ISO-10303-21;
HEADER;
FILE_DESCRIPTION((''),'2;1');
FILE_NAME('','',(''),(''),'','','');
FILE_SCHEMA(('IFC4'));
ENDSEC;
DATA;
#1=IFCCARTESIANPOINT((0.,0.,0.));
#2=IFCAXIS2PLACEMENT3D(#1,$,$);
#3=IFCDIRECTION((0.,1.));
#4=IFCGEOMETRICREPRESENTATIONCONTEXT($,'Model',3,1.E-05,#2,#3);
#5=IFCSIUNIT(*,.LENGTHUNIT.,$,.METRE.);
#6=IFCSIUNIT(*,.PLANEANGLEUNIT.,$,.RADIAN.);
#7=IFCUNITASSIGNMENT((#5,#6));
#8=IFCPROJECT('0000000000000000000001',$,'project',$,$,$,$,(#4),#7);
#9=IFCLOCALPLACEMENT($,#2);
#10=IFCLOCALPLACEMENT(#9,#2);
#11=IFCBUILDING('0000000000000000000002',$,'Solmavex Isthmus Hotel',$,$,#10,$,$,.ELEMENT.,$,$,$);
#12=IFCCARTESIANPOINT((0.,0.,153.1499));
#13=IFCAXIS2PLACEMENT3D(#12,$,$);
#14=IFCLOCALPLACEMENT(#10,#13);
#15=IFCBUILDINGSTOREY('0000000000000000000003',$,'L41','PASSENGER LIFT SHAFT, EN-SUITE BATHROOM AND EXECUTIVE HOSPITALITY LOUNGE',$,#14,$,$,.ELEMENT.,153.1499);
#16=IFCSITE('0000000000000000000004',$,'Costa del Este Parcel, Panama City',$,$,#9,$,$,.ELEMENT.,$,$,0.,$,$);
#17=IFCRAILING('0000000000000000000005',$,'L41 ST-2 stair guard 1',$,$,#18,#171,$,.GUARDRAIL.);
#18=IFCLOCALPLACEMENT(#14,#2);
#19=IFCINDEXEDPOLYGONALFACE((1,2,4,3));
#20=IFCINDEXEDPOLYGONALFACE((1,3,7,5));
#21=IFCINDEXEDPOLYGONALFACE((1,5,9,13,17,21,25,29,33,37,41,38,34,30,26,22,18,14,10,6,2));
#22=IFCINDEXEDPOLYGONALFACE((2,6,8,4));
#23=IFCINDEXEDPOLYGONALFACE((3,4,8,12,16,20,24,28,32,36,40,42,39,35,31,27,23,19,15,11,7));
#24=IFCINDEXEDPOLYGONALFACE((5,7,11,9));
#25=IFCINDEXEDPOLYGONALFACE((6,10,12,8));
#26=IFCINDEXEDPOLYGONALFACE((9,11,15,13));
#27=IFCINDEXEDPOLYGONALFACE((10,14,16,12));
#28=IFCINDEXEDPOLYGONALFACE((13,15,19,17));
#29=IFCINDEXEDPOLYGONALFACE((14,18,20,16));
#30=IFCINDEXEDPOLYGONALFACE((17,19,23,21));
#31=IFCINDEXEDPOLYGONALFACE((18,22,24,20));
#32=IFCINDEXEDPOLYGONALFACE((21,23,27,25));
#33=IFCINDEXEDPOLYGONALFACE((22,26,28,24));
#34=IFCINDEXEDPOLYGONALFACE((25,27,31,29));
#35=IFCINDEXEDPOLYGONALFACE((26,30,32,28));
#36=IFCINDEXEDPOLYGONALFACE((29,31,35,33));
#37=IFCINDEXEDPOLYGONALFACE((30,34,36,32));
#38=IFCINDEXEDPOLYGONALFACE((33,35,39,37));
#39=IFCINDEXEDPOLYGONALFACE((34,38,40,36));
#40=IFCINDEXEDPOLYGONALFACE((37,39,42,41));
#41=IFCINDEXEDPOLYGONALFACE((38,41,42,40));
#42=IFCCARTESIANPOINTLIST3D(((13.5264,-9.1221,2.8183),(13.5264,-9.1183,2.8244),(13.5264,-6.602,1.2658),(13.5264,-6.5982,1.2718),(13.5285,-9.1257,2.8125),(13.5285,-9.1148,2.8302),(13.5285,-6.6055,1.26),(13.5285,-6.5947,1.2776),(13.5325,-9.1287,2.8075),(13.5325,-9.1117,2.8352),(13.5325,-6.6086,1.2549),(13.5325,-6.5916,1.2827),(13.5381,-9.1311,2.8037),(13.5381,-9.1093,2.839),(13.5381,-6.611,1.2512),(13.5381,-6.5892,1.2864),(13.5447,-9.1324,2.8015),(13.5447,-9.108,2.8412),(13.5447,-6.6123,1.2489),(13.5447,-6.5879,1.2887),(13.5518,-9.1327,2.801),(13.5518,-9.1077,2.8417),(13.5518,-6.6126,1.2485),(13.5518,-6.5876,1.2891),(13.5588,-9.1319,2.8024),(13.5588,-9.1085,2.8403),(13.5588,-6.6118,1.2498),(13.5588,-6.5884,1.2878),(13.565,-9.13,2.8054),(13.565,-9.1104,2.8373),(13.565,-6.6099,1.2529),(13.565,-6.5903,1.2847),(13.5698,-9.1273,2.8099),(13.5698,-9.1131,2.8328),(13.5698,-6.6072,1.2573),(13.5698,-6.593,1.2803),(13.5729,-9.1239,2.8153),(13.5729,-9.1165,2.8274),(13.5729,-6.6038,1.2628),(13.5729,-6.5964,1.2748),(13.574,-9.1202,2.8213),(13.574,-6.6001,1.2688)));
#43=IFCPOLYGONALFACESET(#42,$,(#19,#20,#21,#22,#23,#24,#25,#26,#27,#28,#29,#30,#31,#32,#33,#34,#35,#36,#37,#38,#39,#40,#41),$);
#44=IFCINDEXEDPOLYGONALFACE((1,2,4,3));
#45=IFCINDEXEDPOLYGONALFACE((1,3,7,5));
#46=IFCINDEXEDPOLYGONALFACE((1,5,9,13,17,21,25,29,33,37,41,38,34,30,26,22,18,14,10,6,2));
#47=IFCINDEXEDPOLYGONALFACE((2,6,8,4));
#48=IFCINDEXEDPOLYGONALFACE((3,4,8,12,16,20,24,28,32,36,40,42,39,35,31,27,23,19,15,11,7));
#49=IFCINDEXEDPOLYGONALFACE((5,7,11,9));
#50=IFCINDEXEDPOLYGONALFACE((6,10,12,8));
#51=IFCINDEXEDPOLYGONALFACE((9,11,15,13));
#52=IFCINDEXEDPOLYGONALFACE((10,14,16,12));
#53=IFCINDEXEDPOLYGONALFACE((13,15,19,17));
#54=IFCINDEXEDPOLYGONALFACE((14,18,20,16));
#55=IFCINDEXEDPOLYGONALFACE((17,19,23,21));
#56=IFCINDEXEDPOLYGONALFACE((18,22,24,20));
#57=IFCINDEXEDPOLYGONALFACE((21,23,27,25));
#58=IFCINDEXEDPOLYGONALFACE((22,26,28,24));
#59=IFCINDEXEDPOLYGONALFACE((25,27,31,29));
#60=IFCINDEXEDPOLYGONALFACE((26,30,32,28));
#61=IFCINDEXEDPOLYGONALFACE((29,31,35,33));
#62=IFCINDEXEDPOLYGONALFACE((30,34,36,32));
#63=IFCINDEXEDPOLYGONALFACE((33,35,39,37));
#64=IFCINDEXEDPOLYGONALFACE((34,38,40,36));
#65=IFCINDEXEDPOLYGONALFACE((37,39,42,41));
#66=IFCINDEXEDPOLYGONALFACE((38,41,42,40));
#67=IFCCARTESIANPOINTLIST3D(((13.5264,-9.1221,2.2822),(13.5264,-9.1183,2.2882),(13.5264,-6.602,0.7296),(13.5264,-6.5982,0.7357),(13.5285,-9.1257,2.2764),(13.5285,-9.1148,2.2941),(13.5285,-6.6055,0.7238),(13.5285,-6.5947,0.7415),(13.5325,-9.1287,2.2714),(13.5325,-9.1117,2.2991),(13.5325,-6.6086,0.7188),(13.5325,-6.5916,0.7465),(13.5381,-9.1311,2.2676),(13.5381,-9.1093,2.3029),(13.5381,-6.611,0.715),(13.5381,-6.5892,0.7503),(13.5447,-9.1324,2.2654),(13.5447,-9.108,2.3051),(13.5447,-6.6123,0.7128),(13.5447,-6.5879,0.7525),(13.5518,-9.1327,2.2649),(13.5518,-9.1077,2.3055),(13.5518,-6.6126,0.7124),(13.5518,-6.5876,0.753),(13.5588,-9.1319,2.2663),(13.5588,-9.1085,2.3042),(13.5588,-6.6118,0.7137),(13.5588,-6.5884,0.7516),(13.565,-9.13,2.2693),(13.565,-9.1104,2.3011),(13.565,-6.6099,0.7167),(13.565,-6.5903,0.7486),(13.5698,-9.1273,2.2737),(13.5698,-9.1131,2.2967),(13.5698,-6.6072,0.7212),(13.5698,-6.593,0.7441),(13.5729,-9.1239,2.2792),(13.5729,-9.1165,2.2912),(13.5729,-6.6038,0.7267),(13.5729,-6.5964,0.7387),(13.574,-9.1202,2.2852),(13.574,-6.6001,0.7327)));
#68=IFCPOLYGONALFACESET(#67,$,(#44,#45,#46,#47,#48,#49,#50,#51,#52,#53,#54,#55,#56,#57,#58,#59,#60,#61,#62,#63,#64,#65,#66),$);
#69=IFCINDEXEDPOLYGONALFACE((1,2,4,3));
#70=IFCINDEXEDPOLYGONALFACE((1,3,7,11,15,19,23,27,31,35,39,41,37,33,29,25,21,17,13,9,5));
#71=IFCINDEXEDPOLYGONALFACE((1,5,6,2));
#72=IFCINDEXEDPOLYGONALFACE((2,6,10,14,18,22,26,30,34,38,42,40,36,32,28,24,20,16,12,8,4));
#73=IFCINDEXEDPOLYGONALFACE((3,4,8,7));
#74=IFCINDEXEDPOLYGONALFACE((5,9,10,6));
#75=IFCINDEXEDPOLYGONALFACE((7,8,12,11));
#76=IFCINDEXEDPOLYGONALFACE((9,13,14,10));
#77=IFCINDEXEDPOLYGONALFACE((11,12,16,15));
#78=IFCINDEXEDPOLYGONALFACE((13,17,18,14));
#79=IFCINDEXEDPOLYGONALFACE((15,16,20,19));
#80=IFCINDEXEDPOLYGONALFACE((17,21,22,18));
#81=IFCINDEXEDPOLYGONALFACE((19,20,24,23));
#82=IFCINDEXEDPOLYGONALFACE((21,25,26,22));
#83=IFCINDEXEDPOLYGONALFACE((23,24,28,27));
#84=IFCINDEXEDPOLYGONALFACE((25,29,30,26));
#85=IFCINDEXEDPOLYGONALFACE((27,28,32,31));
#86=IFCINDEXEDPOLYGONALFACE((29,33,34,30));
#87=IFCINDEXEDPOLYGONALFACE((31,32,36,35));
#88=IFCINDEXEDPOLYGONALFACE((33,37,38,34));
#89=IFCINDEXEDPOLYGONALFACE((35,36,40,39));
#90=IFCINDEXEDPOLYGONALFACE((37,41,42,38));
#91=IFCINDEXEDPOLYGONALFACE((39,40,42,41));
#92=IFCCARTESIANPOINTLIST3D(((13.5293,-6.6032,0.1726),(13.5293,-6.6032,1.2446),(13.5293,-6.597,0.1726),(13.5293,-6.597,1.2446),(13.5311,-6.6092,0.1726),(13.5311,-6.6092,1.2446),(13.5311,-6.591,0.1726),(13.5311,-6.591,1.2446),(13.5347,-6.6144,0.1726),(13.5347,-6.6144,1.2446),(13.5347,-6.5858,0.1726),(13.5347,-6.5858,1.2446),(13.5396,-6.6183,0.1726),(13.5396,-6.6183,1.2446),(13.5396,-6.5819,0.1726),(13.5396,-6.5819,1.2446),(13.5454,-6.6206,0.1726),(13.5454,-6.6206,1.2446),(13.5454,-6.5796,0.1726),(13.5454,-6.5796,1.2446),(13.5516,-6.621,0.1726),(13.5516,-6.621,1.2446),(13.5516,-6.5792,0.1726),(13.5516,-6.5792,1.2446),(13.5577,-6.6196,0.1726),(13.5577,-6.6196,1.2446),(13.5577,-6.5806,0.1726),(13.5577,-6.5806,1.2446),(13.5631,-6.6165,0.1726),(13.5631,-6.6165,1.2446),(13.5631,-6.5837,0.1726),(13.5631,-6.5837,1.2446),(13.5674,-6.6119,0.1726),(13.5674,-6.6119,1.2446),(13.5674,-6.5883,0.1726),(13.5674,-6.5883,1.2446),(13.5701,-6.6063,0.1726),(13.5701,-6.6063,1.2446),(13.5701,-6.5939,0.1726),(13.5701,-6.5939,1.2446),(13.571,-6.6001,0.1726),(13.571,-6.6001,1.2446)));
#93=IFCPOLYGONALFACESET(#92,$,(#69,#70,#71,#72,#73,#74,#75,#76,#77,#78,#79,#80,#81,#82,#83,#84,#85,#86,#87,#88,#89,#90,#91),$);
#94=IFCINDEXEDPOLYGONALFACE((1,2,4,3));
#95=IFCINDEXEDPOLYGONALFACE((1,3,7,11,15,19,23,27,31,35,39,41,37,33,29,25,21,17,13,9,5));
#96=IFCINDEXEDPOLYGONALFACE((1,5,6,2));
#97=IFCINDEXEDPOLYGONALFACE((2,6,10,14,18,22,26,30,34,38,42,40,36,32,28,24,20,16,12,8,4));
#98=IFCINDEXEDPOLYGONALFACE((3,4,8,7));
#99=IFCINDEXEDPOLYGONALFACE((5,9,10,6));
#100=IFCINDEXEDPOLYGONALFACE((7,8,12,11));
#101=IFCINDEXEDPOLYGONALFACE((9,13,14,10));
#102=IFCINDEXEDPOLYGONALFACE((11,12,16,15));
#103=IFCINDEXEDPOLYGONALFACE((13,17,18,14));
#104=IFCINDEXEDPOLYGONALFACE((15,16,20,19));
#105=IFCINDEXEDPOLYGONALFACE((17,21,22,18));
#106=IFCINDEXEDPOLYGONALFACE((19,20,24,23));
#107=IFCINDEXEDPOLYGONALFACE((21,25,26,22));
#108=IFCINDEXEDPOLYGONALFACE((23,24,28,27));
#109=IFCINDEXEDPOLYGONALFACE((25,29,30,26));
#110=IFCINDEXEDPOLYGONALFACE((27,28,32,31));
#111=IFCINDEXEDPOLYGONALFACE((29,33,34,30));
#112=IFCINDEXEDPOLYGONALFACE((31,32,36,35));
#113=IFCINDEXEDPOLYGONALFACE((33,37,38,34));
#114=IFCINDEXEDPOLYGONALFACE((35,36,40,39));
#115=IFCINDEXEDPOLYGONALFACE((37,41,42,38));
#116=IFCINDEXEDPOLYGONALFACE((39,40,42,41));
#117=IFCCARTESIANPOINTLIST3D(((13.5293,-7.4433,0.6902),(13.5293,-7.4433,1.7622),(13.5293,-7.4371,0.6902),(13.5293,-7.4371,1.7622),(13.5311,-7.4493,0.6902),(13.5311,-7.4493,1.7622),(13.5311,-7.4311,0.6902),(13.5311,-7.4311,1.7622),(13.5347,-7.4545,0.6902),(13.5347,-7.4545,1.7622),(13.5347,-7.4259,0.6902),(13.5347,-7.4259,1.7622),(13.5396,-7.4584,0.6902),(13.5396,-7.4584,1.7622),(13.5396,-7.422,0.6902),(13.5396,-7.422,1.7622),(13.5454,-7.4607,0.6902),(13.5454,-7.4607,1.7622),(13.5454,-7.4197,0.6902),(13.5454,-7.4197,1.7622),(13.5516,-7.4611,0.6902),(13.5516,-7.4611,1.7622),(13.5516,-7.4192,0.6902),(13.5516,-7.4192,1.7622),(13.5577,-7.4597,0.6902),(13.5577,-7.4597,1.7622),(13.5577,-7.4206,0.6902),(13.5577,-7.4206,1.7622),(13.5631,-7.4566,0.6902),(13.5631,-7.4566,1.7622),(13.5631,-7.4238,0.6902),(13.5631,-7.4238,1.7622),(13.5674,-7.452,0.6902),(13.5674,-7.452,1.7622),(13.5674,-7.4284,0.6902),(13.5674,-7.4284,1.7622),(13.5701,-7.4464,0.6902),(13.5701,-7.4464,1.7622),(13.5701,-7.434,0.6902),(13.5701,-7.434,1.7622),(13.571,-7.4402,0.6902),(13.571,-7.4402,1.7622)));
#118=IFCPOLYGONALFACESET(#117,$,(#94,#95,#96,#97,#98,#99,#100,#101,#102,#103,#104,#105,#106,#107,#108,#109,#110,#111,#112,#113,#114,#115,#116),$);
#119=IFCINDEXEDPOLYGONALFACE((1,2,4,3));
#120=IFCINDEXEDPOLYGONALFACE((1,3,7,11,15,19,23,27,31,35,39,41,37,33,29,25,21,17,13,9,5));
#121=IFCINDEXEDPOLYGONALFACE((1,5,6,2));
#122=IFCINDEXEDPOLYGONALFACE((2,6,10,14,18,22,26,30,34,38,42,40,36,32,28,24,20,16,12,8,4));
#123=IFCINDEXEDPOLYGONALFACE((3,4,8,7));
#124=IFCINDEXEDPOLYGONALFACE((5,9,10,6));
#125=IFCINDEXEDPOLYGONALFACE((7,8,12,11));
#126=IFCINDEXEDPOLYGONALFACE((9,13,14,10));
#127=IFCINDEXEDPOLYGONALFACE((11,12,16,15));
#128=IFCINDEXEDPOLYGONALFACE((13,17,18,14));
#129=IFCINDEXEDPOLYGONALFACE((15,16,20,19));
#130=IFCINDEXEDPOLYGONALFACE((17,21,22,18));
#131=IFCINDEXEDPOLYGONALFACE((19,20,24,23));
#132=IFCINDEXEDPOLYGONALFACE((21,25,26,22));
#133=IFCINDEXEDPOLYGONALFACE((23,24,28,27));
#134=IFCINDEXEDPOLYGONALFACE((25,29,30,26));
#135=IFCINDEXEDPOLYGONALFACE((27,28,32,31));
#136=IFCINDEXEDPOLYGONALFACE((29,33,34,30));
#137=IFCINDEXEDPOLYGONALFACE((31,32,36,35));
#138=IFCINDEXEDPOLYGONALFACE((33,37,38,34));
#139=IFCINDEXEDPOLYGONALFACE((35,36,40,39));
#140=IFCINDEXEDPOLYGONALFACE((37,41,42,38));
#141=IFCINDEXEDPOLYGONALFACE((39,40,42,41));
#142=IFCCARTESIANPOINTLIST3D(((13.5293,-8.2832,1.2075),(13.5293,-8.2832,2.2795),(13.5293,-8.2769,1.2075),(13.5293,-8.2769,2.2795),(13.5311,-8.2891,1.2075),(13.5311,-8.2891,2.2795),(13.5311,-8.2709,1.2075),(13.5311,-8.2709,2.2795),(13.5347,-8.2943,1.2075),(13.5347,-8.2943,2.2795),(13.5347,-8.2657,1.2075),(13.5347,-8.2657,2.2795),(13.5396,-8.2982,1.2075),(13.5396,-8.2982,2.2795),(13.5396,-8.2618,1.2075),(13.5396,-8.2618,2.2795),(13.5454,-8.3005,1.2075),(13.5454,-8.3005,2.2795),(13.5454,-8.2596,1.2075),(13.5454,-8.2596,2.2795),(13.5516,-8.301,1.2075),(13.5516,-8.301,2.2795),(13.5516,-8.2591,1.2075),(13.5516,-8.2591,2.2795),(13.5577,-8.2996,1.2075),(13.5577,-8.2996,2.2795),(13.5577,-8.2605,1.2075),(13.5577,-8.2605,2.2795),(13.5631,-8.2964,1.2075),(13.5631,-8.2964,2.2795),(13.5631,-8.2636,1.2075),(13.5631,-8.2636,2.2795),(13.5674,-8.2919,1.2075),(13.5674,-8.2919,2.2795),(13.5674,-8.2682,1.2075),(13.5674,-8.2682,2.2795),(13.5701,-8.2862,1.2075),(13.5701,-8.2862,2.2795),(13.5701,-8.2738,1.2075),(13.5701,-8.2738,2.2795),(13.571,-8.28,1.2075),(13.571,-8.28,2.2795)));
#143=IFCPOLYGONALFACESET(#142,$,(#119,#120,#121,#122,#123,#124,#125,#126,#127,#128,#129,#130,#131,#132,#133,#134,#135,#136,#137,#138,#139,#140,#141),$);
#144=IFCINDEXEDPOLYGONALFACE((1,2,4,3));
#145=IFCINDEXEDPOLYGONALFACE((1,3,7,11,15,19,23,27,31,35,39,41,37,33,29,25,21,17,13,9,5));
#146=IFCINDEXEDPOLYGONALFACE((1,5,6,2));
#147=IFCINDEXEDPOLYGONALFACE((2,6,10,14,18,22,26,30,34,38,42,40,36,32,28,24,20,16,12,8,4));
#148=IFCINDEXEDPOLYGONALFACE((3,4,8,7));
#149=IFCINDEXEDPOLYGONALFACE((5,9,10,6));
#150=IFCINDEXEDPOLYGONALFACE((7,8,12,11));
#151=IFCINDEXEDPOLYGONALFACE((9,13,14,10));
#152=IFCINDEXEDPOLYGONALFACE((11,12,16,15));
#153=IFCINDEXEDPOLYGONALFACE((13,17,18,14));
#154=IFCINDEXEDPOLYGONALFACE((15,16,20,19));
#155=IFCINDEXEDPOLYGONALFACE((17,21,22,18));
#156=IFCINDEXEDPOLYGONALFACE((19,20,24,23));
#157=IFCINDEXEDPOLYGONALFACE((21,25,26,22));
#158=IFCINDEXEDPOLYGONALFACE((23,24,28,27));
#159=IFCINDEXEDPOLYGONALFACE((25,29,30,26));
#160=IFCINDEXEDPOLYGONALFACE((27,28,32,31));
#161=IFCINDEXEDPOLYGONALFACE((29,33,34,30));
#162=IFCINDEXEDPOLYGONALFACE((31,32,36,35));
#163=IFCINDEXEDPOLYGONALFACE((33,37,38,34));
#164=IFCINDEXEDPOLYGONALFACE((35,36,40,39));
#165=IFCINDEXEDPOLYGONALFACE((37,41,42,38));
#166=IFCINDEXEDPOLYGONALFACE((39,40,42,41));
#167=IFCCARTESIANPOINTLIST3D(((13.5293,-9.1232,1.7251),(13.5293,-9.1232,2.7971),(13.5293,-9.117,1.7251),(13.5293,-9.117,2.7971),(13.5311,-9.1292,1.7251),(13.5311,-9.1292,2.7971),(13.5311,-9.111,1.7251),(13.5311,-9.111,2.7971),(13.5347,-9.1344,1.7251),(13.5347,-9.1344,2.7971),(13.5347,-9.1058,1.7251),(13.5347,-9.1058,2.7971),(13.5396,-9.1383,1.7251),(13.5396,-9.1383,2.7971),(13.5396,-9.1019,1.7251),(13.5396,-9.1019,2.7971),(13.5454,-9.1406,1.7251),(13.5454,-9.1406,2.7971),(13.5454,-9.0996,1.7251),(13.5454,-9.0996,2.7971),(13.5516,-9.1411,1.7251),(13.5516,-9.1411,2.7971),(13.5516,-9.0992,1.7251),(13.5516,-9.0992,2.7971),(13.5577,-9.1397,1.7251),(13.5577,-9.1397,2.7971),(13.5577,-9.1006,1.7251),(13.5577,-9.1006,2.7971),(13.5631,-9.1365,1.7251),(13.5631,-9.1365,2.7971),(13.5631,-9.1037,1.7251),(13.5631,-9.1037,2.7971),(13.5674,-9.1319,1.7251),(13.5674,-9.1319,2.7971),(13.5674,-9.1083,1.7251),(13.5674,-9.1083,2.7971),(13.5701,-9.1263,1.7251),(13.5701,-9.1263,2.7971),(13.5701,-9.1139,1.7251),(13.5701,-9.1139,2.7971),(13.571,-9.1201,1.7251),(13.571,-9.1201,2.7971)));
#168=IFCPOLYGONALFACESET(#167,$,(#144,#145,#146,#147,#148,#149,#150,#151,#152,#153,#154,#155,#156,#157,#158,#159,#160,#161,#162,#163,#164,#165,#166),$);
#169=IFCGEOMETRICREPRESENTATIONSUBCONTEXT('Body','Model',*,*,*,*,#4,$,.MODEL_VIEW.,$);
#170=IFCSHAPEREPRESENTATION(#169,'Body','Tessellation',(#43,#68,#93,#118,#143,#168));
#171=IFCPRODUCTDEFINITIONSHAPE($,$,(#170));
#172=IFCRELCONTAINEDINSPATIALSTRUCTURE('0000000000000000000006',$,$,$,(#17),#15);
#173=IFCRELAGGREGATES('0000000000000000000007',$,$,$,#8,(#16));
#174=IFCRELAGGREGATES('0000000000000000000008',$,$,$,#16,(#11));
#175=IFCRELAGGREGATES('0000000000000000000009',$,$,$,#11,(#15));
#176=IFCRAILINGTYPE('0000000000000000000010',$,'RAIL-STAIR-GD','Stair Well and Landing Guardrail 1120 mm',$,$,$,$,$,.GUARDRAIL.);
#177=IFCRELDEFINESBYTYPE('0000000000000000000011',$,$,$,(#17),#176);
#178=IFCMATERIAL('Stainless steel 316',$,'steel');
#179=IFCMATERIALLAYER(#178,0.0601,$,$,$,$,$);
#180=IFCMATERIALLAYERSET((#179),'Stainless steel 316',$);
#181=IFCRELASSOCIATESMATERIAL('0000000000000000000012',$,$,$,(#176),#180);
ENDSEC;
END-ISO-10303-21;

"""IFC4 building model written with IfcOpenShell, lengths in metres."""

from ifc_helpers import new_model, si_unit, direction, frame, origin, origin_2d, place, context, subcontext, project, spatial, circle, extrude, material, layer, layer_set, type_object, element, save


model = new_model("IFC4")

# Units and contexts
model_context = context("Model", 3, precision=1e-05, world=origin(), true_north=direction((0.0, 1.0)))
body_context = subcontext(model_context, "Body", "Model", "MODEL_VIEW")
ifc_project = project(units=[si_unit("LENGTHUNIT", "METRE"), si_unit("PLANEANGLEUNIT", "RADIAN")], contexts=[model_context])

# Site, building, storey
site_placement = place(None, origin())
site = spatial("IfcSite", under=ifc_project, at=site_placement, Name="Costa del Este Parcel, Panama City", CompositionType="ELEMENT", RefElevation=0.0)
building_placement = place(site_placement, origin())
building = spatial("IfcBuilding", under=site, at=building_placement, Name="Solmavex Isthmus Hotel", CompositionType="ELEMENT")
storey_placement = place(building_placement, frame((0.0, 0.0, 153.1499)))
storey = spatial("IfcBuildingStorey", under=building, at=storey_placement, Name="L41", Description="PASSENGER LIFT SHAFT, EN-SUITE BATHROOM AND EXECUTIVE HOSPITALITY LOUNGE", CompositionType="ELEMENT", Elevation=153.1499)

# Railing
ifc_material_1 = material(Name="Stainless steel 316", Category="steel")
ifc_layer_1 = layer(ifc_material_1, 0.0601)
ifc_layer_set_1 = layer_set([ifc_layer_1], Name="Stainless steel 316")
railing_type = type_object("IfcRailingType", Name="RAIL-STAIR-GD", Description="Stair Well and Landing Guardrail 1120 mm", PredefinedType="GUARDRAIL", material=ifc_layer_set_1)
railing_1_placement = place(storey_placement, frame((13.55, -6.6001, 0.1726)))
element("IfcRailing", 1, at=railing_1_placement, inside=storey, type_object=railing_type, Name="L41 ST-2 stair guard 1", PredefinedType="GUARDRAIL", context=body_context, shape_type="SweptSolid", body=[
    extrude(circle(Radius=0.0239, at=origin_2d()), frame((0.0, 0.0, 1.0962), z_axis=(0.0, -0.8514, 0.524516), x_axis=(1.0, 0.0, 0.0)), (0.0, 0.0, 1.0), 2.96),
    extrude(circle(Radius=0.0239, at=origin_2d()), frame((0.0, 0.0, 0.5601), z_axis=(0.0, -0.8514, 0.524516), x_axis=(1.0, 0.0, 0.0)), (0.0, 0.0, 1.0), 2.96),
    extrude(circle(Radius=0.021, at=origin_2d()), origin(), (0.0, 0.0, 1.0), 1.072),
    extrude(circle(Radius=0.021, at=origin_2d()), frame((0.0, -0.8401, 0.5176)), (0.0, 0.0, 1.0), 1.072),
    extrude(circle(Radius=0.021, at=origin_2d()), frame((0.0, -1.6799, 1.0349)), (0.0, 0.0, 1.0), 1.072),
    extrude(circle(Radius=0.021, at=origin_2d()), frame((0.0, -2.52, 1.5525)), (0.0, 0.0, 1.0), 1.072),
])

save(model, "model.ifc")
